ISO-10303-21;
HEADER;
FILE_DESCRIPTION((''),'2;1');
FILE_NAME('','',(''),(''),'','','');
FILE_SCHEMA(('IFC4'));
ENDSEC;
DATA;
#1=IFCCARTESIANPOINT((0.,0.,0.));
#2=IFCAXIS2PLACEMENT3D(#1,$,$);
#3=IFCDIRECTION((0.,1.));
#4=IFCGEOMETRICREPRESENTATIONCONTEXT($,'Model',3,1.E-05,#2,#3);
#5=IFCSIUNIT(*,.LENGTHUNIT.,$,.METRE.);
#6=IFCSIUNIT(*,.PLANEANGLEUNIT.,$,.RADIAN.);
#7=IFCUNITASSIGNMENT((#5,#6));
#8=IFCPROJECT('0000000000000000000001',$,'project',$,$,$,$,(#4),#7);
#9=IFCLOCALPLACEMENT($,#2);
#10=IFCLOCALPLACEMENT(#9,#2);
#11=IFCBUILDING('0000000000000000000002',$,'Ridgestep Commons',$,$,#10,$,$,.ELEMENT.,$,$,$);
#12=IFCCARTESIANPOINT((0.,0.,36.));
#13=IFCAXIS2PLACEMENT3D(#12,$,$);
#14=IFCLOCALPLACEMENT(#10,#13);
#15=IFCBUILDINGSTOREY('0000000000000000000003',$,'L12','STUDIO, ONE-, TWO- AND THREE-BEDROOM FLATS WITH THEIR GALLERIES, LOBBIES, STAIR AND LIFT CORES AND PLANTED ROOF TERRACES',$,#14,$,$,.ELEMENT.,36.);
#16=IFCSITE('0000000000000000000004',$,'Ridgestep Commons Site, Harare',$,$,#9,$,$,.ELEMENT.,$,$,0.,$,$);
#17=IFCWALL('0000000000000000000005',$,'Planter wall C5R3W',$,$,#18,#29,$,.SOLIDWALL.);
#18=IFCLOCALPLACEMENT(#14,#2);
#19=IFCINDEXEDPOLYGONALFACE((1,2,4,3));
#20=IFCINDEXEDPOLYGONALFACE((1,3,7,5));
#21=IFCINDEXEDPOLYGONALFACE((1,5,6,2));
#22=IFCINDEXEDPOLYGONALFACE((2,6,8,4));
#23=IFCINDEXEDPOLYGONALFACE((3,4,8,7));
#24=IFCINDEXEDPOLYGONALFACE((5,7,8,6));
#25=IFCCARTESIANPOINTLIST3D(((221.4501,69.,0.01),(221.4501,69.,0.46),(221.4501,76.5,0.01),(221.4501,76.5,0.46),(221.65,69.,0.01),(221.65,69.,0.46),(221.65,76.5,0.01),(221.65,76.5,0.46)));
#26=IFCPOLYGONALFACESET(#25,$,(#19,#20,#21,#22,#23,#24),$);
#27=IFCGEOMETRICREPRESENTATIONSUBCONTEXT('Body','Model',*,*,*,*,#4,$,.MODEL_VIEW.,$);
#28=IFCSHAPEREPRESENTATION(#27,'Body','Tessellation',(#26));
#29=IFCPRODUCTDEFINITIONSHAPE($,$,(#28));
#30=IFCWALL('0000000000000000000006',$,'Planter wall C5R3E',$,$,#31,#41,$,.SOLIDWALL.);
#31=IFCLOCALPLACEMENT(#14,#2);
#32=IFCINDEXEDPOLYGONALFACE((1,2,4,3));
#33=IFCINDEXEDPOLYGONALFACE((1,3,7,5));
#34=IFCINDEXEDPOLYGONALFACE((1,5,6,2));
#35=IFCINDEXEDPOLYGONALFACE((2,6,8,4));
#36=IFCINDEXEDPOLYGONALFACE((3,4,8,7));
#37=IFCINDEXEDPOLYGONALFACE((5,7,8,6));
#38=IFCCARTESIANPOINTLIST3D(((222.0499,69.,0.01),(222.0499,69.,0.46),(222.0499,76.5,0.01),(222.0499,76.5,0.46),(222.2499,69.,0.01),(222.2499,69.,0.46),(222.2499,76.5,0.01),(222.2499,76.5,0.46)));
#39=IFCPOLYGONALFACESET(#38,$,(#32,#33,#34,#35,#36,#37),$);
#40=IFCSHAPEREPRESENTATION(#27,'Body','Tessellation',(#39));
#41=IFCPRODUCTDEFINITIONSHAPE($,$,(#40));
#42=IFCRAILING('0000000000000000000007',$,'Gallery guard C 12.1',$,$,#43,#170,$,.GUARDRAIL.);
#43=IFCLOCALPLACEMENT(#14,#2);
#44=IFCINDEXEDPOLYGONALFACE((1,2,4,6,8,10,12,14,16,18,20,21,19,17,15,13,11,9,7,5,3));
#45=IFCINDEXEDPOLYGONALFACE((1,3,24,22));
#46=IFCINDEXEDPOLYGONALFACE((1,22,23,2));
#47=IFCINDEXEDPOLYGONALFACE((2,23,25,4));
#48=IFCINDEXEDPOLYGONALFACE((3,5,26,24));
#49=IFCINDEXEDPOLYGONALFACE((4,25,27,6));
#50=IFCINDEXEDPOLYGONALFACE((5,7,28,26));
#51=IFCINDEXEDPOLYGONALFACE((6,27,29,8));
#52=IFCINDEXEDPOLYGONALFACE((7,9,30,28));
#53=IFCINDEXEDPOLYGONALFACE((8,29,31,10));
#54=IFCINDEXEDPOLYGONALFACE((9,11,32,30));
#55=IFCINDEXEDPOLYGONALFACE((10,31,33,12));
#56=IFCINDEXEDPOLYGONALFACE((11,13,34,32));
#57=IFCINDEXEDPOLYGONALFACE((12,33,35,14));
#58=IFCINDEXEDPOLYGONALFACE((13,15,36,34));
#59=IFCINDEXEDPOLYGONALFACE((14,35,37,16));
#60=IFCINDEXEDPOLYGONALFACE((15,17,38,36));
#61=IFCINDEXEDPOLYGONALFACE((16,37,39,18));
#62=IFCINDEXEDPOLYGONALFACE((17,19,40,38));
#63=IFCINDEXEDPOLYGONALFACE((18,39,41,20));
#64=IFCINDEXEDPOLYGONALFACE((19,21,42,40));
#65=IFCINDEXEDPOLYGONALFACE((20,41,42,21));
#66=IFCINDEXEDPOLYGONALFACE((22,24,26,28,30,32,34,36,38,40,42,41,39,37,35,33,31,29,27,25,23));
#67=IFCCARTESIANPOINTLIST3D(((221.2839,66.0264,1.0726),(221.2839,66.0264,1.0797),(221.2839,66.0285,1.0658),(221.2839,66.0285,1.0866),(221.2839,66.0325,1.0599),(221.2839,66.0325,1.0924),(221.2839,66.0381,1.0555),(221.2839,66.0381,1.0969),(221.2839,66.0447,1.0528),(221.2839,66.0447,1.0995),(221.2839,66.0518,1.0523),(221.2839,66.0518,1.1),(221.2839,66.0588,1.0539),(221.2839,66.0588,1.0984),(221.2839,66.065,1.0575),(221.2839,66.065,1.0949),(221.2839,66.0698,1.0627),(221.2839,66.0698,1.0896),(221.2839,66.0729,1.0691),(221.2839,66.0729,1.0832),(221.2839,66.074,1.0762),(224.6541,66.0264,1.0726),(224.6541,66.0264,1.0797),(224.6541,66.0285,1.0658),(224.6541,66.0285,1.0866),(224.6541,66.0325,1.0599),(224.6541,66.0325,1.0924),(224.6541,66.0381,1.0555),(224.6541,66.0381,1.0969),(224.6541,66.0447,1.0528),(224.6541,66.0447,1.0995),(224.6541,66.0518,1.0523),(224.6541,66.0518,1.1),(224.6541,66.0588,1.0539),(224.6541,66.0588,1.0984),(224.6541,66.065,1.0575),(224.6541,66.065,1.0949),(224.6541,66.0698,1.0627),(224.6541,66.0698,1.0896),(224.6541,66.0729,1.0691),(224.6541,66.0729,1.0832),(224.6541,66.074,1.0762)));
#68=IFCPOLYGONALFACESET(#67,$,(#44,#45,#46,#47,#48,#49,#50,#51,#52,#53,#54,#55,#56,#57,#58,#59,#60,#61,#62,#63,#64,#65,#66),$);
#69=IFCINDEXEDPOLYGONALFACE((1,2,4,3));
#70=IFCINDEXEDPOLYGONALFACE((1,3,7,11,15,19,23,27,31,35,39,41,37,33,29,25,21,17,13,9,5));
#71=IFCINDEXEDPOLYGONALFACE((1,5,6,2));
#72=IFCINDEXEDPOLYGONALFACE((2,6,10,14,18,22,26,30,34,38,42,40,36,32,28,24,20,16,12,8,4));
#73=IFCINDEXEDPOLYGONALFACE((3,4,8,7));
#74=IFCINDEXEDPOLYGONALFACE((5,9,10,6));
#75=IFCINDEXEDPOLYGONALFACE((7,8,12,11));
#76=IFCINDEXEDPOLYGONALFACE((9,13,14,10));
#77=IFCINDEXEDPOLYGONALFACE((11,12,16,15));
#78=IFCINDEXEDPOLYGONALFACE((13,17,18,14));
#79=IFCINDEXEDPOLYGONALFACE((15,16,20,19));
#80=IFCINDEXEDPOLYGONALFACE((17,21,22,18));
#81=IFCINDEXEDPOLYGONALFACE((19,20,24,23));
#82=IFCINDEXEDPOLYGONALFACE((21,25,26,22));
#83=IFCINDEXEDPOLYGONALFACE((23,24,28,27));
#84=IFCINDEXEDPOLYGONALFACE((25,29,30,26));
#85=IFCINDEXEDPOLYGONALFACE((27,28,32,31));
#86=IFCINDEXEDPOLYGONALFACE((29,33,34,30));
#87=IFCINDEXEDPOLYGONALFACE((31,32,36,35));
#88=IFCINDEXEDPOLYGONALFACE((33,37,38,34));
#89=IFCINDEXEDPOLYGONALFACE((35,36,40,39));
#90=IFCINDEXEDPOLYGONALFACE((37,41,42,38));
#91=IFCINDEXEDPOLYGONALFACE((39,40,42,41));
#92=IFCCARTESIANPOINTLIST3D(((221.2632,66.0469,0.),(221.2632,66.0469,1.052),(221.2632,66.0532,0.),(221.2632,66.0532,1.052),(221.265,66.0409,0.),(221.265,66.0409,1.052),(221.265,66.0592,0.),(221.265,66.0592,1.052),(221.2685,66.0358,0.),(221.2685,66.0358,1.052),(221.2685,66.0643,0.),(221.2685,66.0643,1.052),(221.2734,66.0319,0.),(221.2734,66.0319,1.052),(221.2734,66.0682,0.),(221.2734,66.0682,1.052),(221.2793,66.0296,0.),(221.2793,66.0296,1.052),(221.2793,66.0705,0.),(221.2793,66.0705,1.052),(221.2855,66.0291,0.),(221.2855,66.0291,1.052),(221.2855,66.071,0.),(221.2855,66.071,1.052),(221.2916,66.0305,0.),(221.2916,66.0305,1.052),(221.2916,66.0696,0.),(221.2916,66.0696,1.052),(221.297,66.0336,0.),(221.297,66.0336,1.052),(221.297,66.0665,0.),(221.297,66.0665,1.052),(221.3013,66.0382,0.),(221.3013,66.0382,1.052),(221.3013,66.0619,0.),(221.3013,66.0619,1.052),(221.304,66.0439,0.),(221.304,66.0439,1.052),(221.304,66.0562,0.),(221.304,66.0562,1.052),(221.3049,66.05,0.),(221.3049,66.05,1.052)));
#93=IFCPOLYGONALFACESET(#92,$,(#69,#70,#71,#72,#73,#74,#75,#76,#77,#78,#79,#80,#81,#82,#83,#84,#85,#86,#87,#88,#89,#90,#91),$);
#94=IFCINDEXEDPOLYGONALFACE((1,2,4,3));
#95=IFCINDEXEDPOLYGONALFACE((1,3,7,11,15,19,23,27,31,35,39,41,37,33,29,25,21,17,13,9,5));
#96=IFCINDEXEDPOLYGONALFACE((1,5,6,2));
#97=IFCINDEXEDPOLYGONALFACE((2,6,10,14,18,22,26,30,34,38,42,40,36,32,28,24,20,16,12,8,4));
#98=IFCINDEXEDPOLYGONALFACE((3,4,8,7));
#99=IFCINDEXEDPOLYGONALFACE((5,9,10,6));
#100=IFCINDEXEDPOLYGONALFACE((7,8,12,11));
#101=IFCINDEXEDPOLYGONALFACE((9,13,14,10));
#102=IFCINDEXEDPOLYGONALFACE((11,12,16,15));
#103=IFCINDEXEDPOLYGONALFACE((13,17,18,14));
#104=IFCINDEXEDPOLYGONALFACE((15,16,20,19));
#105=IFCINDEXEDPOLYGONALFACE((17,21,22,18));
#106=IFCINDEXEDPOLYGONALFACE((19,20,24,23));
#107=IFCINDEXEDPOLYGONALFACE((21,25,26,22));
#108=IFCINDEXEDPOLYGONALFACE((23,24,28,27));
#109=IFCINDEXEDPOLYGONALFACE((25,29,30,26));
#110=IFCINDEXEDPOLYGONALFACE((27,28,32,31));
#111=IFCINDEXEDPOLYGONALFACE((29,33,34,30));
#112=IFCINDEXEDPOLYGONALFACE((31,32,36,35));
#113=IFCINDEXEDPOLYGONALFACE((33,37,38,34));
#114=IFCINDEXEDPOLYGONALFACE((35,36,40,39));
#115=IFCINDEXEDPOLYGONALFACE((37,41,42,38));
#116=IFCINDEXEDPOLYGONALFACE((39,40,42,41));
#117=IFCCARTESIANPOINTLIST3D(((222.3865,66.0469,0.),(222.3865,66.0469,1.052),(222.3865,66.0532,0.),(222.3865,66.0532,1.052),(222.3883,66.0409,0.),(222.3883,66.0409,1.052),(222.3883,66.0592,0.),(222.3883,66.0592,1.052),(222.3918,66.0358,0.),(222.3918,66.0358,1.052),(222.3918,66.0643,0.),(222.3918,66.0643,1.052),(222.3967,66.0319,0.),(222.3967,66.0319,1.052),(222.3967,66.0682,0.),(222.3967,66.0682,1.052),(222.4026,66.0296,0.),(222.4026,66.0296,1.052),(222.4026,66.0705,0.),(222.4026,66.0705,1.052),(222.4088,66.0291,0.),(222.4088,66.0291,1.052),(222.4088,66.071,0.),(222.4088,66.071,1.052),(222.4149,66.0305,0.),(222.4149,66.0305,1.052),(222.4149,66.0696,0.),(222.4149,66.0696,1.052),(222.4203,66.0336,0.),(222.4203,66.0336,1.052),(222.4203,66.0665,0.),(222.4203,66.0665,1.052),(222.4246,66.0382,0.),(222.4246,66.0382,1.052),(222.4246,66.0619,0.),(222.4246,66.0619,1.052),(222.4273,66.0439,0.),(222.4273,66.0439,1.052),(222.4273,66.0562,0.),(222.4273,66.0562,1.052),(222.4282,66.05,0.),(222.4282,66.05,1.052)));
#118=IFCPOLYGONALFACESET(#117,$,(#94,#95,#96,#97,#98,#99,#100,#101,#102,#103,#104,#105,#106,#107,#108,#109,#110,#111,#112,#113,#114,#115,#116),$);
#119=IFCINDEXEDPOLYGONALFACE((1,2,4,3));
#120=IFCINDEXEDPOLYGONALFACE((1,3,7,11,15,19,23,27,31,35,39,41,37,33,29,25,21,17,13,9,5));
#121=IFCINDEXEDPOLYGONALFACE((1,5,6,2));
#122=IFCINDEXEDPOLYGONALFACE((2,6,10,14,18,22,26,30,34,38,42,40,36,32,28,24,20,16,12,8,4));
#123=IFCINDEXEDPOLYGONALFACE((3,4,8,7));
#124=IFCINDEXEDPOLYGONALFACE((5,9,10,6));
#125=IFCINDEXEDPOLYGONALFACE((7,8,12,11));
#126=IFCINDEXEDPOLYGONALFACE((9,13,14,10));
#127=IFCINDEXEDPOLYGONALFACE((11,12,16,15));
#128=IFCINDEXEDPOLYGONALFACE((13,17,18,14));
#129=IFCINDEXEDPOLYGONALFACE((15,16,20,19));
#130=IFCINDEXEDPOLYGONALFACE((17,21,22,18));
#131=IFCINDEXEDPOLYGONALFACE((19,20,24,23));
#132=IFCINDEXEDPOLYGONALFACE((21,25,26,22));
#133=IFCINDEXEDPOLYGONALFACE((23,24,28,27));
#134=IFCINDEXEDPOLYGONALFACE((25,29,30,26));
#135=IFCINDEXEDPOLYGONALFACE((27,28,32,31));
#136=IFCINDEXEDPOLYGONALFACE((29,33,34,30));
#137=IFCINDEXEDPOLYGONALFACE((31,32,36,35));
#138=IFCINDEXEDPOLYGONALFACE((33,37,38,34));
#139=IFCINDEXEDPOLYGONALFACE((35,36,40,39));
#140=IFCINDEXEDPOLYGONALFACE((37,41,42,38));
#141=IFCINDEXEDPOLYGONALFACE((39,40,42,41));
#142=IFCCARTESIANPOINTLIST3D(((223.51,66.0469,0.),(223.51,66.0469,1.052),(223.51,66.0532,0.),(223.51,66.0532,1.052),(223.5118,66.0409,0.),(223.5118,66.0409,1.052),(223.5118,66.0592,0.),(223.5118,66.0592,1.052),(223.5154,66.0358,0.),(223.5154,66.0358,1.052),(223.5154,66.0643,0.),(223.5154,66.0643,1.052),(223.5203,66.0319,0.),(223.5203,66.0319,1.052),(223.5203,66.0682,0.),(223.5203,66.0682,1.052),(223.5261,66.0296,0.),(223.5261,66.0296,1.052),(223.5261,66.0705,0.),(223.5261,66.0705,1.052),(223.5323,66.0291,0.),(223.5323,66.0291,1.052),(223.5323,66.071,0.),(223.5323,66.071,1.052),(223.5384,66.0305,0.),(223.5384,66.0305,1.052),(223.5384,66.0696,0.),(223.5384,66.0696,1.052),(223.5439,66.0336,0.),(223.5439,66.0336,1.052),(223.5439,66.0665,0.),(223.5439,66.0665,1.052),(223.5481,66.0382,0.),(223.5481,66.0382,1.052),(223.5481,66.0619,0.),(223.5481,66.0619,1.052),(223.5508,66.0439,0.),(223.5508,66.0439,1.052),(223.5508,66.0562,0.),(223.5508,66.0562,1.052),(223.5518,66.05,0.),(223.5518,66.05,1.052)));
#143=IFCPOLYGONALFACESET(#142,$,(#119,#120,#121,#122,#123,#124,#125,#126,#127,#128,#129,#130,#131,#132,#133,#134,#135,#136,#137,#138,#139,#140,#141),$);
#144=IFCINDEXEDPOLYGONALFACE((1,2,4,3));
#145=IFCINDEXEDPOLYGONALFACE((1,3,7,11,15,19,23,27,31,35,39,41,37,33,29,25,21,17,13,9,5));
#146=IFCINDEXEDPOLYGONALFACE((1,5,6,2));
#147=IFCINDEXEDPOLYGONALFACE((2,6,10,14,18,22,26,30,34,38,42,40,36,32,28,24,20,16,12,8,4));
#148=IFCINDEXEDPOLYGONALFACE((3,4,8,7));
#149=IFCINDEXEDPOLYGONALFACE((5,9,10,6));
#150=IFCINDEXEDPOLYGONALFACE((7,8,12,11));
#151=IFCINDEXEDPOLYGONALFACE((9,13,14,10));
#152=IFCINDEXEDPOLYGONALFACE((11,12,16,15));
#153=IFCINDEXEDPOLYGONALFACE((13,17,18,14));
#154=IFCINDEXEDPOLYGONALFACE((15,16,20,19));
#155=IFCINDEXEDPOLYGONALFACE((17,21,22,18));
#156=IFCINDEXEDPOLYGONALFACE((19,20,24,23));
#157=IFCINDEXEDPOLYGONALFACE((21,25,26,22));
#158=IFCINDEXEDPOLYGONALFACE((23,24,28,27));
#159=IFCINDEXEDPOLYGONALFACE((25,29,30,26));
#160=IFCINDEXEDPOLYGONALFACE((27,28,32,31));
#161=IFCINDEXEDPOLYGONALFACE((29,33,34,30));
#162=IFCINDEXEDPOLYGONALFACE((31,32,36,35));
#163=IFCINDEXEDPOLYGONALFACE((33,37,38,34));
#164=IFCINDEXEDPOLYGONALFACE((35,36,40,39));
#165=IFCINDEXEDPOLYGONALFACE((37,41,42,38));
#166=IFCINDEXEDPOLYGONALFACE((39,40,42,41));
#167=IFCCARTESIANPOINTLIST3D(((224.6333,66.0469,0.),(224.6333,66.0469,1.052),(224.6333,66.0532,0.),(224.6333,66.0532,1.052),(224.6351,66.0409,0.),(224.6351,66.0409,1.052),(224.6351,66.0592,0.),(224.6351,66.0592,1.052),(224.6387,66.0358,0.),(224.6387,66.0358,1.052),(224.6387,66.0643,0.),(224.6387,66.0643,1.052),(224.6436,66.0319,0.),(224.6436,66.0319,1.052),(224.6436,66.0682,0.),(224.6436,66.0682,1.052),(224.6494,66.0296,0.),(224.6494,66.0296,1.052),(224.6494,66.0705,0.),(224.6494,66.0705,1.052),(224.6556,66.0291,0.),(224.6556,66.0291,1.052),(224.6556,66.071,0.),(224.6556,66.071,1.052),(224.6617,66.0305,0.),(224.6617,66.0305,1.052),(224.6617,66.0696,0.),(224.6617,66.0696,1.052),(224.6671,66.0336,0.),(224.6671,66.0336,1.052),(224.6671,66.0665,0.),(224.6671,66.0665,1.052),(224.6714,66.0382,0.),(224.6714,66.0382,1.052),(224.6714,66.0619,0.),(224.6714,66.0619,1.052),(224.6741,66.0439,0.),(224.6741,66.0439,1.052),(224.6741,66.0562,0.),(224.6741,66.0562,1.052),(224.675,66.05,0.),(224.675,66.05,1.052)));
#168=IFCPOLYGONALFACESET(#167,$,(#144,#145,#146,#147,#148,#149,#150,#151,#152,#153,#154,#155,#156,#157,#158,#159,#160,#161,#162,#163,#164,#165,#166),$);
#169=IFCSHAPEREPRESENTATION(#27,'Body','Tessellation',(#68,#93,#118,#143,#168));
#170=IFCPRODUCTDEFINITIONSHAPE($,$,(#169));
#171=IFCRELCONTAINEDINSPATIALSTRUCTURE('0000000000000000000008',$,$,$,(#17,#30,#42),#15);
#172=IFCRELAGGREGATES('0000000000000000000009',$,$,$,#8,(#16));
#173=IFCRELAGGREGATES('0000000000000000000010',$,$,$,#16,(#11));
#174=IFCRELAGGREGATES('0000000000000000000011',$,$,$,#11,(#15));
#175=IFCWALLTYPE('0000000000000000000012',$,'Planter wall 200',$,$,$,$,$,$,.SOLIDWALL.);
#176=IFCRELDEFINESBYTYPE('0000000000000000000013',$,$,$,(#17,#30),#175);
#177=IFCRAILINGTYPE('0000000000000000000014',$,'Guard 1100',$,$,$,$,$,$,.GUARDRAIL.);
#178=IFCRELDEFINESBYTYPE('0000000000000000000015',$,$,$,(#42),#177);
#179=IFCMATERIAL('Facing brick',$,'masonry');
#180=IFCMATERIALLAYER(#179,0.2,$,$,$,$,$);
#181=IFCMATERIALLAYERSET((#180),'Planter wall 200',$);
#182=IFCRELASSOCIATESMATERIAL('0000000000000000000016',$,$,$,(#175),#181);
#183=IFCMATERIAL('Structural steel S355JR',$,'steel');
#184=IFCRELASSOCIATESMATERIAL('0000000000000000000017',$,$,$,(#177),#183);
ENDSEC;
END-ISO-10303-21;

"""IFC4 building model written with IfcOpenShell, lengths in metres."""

from ifc_helpers import new_model, si_unit, direction, frame, frame_2d, origin, origin_2d, place, context, subcontext, project, spatial, rectangle, circle, extrude, material, layer, layer_set, type_object, element, save


model = new_model("IFC4")

# Units and contexts
model_context = context("Model", 3, precision=1e-05, world=origin(), true_north=direction((0.0, 1.0)))
body_context = subcontext(model_context, "Body", "Model", "MODEL_VIEW")
ifc_project = project(units=[si_unit("LENGTHUNIT", "METRE"), si_unit("PLANEANGLEUNIT", "RADIAN")], contexts=[model_context])

# Site, building, storey
site_placement = place(None, origin())
site = spatial("IfcSite", under=ifc_project, at=site_placement, Name="Ridgestep Commons Site, Harare", CompositionType="ELEMENT", RefElevation=0.0)
building_placement = place(site_placement, origin())
building = spatial("IfcBuilding", under=site, at=building_placement, Name="Ridgestep Commons", CompositionType="ELEMENT")
storey_placement = place(building_placement, frame((0.0, 0.0, 36.0)))
storey = spatial("IfcBuildingStorey", under=building, at=storey_placement, Name="L12", Description="STUDIO, ONE-, TWO- AND THREE-BEDROOM FLATS WITH THEIR GALLERIES, LOBBIES, STAIR AND LIFT CORES AND PLANTED ROOF TERRACES", CompositionType="ELEMENT", Elevation=36.0)

# Walls
ifc_material_1 = material(Name="Facing brick", Category="masonry")
ifc_layer_1 = layer(ifc_material_1, 0.2)
ifc_layer_set_1 = layer_set([ifc_layer_1], Name="Planter wall 200")
wall_type_1 = type_object("IfcWallType", Name="Planter wall 200", PredefinedType="SOLIDWALL", material=ifc_layer_set_1)
for number, where, z_axis, x_axis, name in (
    (1, (221.55, 69.0, 0.01), (0.0, 0.0, 1.0), (0.0, 1.0, 0.0), "Planter wall C5R3W"),
    (2, (222.1499, 69.0, 0.01), (0.0, 0.0, 1.0), (0.0, 1.0, 0.0), "Planter wall C5R3E"),
):
    element("IfcWall", number, at=place(storey_placement, frame(where, z_axis=z_axis, x_axis=x_axis)), inside=storey, type_object=wall_type_1, Name=name, PredefinedType="SOLIDWALL", context=body_context, shape_type="SweptSolid", body=[
        extrude(rectangle(XDim=7.5, YDim=0.2, at=frame_2d((3.75, 0.0))), origin(), (0.0, 0.0, 1.0), 0.45),
    ])

# Railing
ifc_material_2 = material(Name="Structural steel S355JR", Category="steel")
railing_type = type_object("IfcRailingType", Name="Guard 1100", PredefinedType="GUARDRAIL", material=ifc_material_2)
railing_1_placement = place(storey_placement, frame((221.2839, 66.05, 0.0)))
element("IfcRailing", 3, at=railing_1_placement, inside=storey, type_object=railing_type, Name="Gallery guard C 12.1", PredefinedType="GUARDRAIL", context=body_context, shape_type="SweptSolid", body=[
    extrude(circle(Radius=0.0239, at=origin_2d()), frame((0.0, 0.0, 1.0762), z_axis=(1.0, 0.0, 0.0), x_axis=(0.0, 1.0, 0.0)), (0.0, 0.0, 1.0), 3.3701),
    extrude(circle(Radius=0.021, at=origin_2d()), origin(), (0.0, 0.0, 1.0), 1.052),
    extrude(circle(Radius=0.021, at=origin_2d()), frame((1.1233, 0.0, 0.0)), (0.0, 0.0, 1.0), 1.052),
    extrude(circle(Radius=0.021, at=origin_2d()), frame((2.2468, 0.0, 0.0)), (0.0, 0.0, 1.0), 1.052),
    extrude(circle(Radius=0.021, at=origin_2d()), frame((3.3701, 0.0, 0.0)), (0.0, 0.0, 1.0), 1.052),
])

save(model, "model.ifc")
